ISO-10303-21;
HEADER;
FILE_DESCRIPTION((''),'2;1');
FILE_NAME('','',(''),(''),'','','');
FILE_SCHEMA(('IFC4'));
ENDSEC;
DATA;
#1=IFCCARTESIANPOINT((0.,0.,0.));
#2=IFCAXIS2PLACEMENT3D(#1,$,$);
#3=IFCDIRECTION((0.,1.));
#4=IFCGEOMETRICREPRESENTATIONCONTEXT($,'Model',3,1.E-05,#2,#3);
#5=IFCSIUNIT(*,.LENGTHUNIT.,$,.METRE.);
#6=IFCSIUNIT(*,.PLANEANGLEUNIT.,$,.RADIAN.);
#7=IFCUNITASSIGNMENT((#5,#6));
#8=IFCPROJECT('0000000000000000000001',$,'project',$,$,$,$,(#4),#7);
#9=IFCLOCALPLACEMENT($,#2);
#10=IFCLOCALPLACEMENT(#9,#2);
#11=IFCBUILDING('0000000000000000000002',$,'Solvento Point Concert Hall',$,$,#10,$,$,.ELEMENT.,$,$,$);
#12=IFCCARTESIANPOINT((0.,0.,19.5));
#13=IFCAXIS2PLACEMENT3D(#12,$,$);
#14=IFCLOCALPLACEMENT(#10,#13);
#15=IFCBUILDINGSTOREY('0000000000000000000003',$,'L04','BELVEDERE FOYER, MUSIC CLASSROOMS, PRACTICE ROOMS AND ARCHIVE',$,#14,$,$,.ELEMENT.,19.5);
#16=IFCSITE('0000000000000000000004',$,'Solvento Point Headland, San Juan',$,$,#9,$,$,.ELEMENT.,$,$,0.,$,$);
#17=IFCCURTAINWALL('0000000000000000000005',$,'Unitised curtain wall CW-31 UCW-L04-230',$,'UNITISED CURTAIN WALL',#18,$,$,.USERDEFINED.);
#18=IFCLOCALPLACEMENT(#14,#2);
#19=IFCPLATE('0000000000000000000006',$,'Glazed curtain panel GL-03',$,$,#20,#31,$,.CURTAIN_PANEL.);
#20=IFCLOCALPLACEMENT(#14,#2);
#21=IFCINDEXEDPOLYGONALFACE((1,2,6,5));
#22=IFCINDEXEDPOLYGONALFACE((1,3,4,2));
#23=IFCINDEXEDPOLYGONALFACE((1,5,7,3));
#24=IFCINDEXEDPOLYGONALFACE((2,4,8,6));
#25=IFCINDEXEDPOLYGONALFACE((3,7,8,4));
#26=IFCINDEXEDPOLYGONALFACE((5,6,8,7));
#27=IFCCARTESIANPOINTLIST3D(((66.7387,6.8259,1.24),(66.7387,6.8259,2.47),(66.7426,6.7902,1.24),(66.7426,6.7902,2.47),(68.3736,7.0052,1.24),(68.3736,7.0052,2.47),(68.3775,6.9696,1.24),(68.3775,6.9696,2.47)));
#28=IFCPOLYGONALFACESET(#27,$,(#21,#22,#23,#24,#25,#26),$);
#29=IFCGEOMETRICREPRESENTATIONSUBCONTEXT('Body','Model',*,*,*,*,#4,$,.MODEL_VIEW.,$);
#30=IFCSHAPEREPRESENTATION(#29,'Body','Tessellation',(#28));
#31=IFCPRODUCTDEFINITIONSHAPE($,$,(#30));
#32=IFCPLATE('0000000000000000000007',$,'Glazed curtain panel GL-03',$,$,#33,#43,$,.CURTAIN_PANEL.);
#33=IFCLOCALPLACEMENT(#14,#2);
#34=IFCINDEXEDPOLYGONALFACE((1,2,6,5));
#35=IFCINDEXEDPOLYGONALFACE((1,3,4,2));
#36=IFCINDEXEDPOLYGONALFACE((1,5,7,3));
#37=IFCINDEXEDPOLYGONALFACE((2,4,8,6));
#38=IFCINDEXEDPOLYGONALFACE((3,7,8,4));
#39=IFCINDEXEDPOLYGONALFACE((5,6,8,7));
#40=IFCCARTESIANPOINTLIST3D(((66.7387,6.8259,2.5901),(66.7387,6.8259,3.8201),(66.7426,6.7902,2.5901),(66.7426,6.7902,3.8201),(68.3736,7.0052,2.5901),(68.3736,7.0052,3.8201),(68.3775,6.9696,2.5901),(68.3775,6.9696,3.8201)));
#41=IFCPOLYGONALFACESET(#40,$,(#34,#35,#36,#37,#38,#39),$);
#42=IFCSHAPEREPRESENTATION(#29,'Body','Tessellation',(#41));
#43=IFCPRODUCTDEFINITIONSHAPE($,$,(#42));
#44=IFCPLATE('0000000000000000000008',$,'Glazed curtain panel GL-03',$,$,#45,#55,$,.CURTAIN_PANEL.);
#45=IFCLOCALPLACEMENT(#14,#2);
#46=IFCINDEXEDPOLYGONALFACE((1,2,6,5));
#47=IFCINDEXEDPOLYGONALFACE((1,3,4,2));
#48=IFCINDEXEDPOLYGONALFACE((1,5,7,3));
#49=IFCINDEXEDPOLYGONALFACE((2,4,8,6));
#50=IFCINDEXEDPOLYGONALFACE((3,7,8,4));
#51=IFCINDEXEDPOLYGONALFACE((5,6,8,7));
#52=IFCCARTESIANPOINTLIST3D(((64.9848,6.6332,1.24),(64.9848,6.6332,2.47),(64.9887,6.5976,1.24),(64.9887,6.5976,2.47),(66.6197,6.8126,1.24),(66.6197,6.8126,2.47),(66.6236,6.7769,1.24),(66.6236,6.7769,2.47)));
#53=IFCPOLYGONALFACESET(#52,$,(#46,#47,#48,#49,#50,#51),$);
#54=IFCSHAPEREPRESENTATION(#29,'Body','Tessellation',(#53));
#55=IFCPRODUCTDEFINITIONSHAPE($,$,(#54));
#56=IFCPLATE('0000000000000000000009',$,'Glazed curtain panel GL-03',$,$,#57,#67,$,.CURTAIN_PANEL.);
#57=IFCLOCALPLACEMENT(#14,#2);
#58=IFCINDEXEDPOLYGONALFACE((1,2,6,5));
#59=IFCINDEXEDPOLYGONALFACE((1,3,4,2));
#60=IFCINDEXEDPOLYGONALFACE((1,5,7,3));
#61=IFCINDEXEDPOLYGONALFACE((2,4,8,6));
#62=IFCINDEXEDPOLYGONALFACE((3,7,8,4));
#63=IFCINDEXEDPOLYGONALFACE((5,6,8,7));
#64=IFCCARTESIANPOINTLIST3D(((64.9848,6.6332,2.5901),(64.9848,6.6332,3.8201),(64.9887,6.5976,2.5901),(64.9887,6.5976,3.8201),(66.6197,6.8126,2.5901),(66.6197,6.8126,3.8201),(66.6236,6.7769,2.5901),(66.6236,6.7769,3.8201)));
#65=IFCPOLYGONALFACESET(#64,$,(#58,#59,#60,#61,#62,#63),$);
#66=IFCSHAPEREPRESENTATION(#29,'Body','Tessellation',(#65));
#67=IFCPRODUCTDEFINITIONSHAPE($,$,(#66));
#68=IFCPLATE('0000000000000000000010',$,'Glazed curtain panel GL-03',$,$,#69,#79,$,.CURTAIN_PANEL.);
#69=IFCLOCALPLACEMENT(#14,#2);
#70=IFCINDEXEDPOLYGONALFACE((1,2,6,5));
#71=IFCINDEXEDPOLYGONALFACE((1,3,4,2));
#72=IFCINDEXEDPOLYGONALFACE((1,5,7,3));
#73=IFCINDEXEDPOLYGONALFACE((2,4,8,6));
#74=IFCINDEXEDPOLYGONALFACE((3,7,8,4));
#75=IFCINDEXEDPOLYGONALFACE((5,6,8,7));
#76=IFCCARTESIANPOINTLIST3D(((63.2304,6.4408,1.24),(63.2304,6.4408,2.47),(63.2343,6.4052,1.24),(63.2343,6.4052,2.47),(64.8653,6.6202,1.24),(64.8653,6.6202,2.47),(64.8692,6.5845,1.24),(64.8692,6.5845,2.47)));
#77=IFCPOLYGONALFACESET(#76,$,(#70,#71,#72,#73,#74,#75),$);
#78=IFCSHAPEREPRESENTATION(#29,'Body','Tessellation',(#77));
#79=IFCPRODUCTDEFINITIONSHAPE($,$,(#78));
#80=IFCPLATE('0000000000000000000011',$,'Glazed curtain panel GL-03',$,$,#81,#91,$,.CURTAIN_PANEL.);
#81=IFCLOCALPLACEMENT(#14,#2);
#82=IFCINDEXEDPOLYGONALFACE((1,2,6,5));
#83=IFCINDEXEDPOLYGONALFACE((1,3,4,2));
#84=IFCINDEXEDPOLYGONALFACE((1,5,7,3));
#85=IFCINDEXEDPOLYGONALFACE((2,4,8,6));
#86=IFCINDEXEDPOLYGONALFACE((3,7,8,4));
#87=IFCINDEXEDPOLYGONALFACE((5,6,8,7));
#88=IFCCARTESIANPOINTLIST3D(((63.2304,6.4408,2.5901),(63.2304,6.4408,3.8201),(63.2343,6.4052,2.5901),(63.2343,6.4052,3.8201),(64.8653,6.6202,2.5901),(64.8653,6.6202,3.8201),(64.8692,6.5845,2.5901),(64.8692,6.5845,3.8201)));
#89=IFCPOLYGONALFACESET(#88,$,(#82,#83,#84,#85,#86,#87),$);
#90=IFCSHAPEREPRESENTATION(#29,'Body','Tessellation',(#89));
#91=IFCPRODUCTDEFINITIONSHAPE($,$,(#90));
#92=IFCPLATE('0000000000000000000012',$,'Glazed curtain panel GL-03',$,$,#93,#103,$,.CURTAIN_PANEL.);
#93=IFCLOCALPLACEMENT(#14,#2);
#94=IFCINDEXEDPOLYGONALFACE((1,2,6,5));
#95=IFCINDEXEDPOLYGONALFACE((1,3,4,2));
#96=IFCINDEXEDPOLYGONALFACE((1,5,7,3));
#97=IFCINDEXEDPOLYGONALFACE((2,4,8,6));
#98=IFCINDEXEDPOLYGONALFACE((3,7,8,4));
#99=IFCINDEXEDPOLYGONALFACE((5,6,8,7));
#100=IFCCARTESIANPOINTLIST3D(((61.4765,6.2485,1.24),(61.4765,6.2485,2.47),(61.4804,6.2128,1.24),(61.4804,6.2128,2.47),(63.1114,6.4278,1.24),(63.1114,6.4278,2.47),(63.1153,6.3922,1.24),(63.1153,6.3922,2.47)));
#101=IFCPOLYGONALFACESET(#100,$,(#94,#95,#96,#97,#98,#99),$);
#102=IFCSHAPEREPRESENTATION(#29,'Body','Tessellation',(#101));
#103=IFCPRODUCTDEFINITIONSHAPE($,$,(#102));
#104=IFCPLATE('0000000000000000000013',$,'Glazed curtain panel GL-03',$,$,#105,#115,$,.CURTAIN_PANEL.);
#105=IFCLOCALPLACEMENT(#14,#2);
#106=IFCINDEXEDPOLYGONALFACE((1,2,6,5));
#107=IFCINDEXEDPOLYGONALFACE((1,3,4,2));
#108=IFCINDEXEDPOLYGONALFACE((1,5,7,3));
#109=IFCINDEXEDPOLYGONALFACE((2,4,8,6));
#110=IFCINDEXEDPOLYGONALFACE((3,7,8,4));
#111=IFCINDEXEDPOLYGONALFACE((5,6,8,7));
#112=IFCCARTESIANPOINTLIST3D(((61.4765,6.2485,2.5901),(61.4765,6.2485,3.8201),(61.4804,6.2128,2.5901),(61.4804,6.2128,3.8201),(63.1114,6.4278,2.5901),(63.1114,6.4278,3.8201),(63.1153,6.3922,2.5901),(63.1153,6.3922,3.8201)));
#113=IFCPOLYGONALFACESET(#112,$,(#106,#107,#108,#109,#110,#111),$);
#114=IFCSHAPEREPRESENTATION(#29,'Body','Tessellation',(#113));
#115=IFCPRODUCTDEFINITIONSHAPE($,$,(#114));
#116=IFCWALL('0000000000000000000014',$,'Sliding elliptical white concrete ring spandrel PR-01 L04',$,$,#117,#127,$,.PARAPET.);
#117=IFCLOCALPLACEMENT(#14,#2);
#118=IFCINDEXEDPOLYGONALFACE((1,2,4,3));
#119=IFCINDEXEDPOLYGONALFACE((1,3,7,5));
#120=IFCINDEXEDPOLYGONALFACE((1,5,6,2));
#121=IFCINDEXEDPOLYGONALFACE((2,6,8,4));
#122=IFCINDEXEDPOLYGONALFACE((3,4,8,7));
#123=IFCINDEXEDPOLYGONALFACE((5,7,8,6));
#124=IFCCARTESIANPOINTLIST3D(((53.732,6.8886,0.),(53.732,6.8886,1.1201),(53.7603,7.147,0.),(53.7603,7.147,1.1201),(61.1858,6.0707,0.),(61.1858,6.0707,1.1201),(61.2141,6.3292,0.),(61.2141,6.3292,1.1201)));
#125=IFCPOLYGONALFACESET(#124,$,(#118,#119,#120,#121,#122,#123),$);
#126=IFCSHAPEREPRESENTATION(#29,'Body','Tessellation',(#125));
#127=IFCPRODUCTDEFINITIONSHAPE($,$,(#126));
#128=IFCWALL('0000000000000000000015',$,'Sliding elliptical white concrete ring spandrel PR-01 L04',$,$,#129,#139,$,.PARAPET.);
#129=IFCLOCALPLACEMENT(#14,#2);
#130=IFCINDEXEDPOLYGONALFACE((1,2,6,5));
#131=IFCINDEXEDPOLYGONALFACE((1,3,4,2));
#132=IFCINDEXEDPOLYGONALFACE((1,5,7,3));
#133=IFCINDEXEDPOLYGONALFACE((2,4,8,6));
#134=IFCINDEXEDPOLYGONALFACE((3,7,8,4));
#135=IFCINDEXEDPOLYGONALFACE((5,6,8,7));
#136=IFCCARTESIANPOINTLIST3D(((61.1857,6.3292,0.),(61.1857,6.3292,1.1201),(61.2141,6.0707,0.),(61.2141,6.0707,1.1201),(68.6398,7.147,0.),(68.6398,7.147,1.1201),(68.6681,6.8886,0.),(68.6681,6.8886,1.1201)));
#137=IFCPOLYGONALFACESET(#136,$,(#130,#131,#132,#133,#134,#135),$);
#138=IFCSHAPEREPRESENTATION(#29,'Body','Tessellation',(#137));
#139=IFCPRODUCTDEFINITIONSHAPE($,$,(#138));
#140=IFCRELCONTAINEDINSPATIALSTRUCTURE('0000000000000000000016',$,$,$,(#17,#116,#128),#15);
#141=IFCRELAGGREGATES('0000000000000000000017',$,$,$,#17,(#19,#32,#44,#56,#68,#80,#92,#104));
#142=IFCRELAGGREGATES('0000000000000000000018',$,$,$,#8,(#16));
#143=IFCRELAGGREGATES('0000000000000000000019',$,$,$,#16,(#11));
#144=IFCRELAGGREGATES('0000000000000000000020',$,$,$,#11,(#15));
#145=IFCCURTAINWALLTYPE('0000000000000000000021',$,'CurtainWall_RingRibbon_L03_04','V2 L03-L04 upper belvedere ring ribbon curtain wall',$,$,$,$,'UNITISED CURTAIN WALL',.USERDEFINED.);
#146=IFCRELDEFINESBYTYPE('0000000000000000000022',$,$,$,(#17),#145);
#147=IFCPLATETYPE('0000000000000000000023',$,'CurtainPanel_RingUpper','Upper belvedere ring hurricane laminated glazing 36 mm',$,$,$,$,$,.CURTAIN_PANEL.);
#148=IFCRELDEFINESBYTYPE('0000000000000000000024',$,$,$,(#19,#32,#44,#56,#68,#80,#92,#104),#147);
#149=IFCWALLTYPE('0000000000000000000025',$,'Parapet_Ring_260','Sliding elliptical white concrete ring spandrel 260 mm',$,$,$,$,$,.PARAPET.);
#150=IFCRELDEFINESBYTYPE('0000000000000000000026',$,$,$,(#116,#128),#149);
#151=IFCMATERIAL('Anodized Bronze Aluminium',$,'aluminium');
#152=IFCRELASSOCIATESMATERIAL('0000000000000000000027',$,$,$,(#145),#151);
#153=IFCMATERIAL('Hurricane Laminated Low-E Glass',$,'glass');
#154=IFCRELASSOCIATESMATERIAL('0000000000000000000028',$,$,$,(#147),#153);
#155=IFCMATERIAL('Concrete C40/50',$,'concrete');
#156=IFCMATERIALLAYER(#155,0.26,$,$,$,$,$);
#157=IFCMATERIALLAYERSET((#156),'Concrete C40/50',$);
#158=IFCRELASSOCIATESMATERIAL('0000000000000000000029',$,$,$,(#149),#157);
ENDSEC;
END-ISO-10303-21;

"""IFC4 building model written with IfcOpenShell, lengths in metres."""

from ifc_helpers import new_model, si_unit, direction, frame, frame_2d, origin, origin_2d, place, context, subcontext, project, spatial, rectangle, extrude, material, layer, layer_set, type_object, element, aggregate, save


model = new_model("IFC4")

# Units and contexts
model_context = context("Model", 3, precision=1e-05, world=origin(), true_north=direction((0.0, 1.0)))
body_context = subcontext(model_context, "Body", "Model", "MODEL_VIEW")
ifc_project = project(units=[si_unit("LENGTHUNIT", "METRE"), si_unit("PLANEANGLEUNIT", "RADIAN")], contexts=[model_context])

# Site, building, storey
site_placement = place(None, origin())
site = spatial("IfcSite", under=ifc_project, at=site_placement, Name="Solvento Point Headland, San Juan", CompositionType="ELEMENT", RefElevation=0.0)
building_placement = place(site_placement, origin())
building = spatial("IfcBuilding", under=site, at=building_placement, Name="Solvento Point Concert Hall", CompositionType="ELEMENT")
storey_placement = place(building_placement, frame((0.0, 0.0, 19.5)))
storey = spatial("IfcBuildingStorey", under=building, at=storey_placement, Name="L04", Description="BELVEDERE FOYER, MUSIC CLASSROOMS, PRACTICE ROOMS AND ARCHIVE", CompositionType="ELEMENT", Elevation=19.5)

# Curtain wall
ifc_material_1 = material(Name="Anodized Bronze Aluminium", Category="aluminium")
curtain_wall_type = type_object("IfcCurtainWallType", Name="CurtainWall_RingRibbon_L03_04", Description="V2 L03-L04 upper belvedere ring ribbon curtain wall", ElementType="UNITISED CURTAIN WALL", PredefinedType="USERDEFINED", material=ifc_material_1)
curtain_wall_1_placement = place(storey_placement, origin())
curtain_wall_1 = element("IfcCurtainWall", 1, at=curtain_wall_1_placement, inside=storey, type_object=curtain_wall_type, Name="Unitised curtain wall CW-31 UCW-L04-230", ObjectType="UNITISED CURTAIN WALL", PredefinedType="USERDEFINED")

# Plates
ifc_material_2 = material(Name="Hurricane Laminated Low-E Glass", Category="glass")
plate_type = type_object("IfcPlateType", Name="CurtainPanel_RingUpper", Description="Upper belvedere ring hurricane laminated glazing 36 mm", PredefinedType="CURTAIN_PANEL", material=ifc_material_2)
plate_1_placement = place(storey_placement, frame((67.5581, 6.8977, 1.24), z_axis=(0.0, 0.0, 1.0), x_axis=(-0.994035, -0.109058, 0.0)))
plate_1 = element("IfcPlate", 2, at=plate_1_placement, type_object=plate_type, Name="Glazed curtain panel GL-03", PredefinedType="CURTAIN_PANEL", context=body_context, shape_type="SweptSolid", body=[
    extrude(rectangle(XDim=1.6448, YDim=0.0359, at=origin_2d()), origin(), (0.0, 0.0, 1.0), 1.23),
])
plate_2_placement = place(storey_placement, frame((67.5581, 6.8977, 2.5901), z_axis=(0.0, 0.0, 1.0), x_axis=(-0.994035, -0.109058, 0.0)))
plate_2 = element("IfcPlate", 3, at=plate_2_placement, type_object=plate_type, Name="Glazed curtain panel GL-03", PredefinedType="CURTAIN_PANEL", context=body_context, shape_type="SweptSolid", body=[
    extrude(rectangle(XDim=1.6448, YDim=0.0359, at=origin_2d()), origin(), (0.0, 0.0, 1.0), 1.23),
])
plate_3_placement = place(storey_placement, frame((65.8042, 6.7051, 1.24), z_axis=(0.0, 0.0, 1.0), x_axis=(-0.994035, -0.109058, 0.0)))
plate_3 = element("IfcPlate", 4, at=plate_3_placement, type_object=plate_type, Name="Glazed curtain panel GL-03", PredefinedType="CURTAIN_PANEL", context=body_context, shape_type="SweptSolid", body=[
    extrude(rectangle(XDim=1.6448, YDim=0.0359, at=origin_2d()), origin(), (0.0, 0.0, 1.0), 1.23),
])
plate_4_placement = place(storey_placement, frame((65.8042, 6.7051, 2.5901), z_axis=(0.0, 0.0, 1.0), x_axis=(-0.994035, -0.109058, 0.0)))
plate_4 = element("IfcPlate", 5, at=plate_4_placement, type_object=plate_type, Name="Glazed curtain panel GL-03", PredefinedType="CURTAIN_PANEL", context=body_context, shape_type="SweptSolid", body=[
    extrude(rectangle(XDim=1.6448, YDim=0.0359, at=origin_2d()), origin(), (0.0, 0.0, 1.0), 1.23),
])
plate_5_placement = place(storey_placement, frame((64.0498, 6.5127, 1.24), z_axis=(0.0, 0.0, 1.0), x_axis=(-0.994035, -0.109058, 0.0)))
plate_5 = element("IfcPlate", 6, at=plate_5_placement, type_object=plate_type, Name="Glazed curtain panel GL-03", PredefinedType="CURTAIN_PANEL", context=body_context, shape_type="SweptSolid", body=[
    extrude(rectangle(XDim=1.6448, YDim=0.0359, at=origin_2d()), origin(), (0.0, 0.0, 1.0), 1.23),
])
plate_6_placement = place(storey_placement, frame((64.0498, 6.5127, 2.5901), z_axis=(0.0, 0.0, 1.0), x_axis=(-0.994035, -0.109058, 0.0)))
plate_6 = element("IfcPlate", 7, at=plate_6_placement, type_object=plate_type, Name="Glazed curtain panel GL-03", PredefinedType="CURTAIN_PANEL", context=body_context, shape_type="SweptSolid", body=[
    extrude(rectangle(XDim=1.6448, YDim=0.0359, at=origin_2d()), origin(), (0.0, 0.0, 1.0), 1.23),
])
plate_7_placement = place(storey_placement, frame((62.2959, 6.3203, 1.24), z_axis=(0.0, 0.0, 1.0), x_axis=(-0.994035, -0.109058, 0.0)))
plate_7 = element("IfcPlate", 8, at=plate_7_placement, type_object=plate_type, Name="Glazed curtain panel GL-03", PredefinedType="CURTAIN_PANEL", context=body_context, shape_type="SweptSolid", body=[
    extrude(rectangle(XDim=1.6448, YDim=0.0359, at=origin_2d()), origin(), (0.0, 0.0, 1.0), 1.23),
])
plate_8_placement = place(storey_placement, frame((62.2959, 6.3203, 2.5901), z_axis=(0.0, 0.0, 1.0), x_axis=(-0.994035, -0.109058, 0.0)))
plate_8 = element("IfcPlate", 9, at=plate_8_placement, type_object=plate_type, Name="Glazed curtain panel GL-03", PredefinedType="CURTAIN_PANEL", context=body_context, shape_type="SweptSolid", body=[
    extrude(rectangle(XDim=1.6448, YDim=0.0359, at=origin_2d()), origin(), (0.0, 0.0, 1.0), 1.23),
])
aggregate(curtain_wall_1, [plate_1, plate_2, plate_3, plate_4, plate_5, plate_6, plate_7, plate_8])

# Walls
ifc_material_3 = material(Name="Concrete C40/50", Category="concrete")
ifc_layer = layer(ifc_material_3, 0.26)
ifc_layer_set = layer_set([ifc_layer], Name="Concrete C40/50")
wall_type = type_object("IfcWallType", Name="Parapet_Ring_260", Description="Sliding elliptical white concrete ring spandrel 260 mm", PredefinedType="PARAPET", material=ifc_layer_set)
wall_1_placement = place(storey_placement, frame((61.2, 6.2, 0.0), z_axis=(0.0, 0.0, 1.0), x_axis=(-0.994034, 0.10907, 0.0)))
element("IfcWall", 10, at=wall_1_placement, inside=storey, type_object=wall_type, Name="Sliding elliptical white concrete ring spandrel PR-01 L04", PredefinedType="PARAPET", context=body_context, shape_type="SweptSolid", body=[
    extrude(rectangle(XDim=7.4985, YDim=0.26, at=frame_2d((3.7493, 0.0))), origin(), (0.0, 0.0, 1.0), 1.1201),
])
wall_2_placement = place(storey_placement, frame((68.6541, 7.0178, 0.0), z_axis=(0.0, 0.0, 1.0), x_axis=(-0.994034, -0.109066, 0.0)))
element("IfcWall", 11, at=wall_2_placement, inside=storey, type_object=wall_type, Name="Sliding elliptical white concrete ring spandrel PR-01 L04", PredefinedType="PARAPET", context=body_context, shape_type="SweptSolid", body=[
    extrude(rectangle(XDim=7.4988, YDim=0.26, at=frame_2d((3.7495, 0.0))), origin(), (0.0, 0.0, 1.0), 1.1201),
])

save(model, "model.ifc")
